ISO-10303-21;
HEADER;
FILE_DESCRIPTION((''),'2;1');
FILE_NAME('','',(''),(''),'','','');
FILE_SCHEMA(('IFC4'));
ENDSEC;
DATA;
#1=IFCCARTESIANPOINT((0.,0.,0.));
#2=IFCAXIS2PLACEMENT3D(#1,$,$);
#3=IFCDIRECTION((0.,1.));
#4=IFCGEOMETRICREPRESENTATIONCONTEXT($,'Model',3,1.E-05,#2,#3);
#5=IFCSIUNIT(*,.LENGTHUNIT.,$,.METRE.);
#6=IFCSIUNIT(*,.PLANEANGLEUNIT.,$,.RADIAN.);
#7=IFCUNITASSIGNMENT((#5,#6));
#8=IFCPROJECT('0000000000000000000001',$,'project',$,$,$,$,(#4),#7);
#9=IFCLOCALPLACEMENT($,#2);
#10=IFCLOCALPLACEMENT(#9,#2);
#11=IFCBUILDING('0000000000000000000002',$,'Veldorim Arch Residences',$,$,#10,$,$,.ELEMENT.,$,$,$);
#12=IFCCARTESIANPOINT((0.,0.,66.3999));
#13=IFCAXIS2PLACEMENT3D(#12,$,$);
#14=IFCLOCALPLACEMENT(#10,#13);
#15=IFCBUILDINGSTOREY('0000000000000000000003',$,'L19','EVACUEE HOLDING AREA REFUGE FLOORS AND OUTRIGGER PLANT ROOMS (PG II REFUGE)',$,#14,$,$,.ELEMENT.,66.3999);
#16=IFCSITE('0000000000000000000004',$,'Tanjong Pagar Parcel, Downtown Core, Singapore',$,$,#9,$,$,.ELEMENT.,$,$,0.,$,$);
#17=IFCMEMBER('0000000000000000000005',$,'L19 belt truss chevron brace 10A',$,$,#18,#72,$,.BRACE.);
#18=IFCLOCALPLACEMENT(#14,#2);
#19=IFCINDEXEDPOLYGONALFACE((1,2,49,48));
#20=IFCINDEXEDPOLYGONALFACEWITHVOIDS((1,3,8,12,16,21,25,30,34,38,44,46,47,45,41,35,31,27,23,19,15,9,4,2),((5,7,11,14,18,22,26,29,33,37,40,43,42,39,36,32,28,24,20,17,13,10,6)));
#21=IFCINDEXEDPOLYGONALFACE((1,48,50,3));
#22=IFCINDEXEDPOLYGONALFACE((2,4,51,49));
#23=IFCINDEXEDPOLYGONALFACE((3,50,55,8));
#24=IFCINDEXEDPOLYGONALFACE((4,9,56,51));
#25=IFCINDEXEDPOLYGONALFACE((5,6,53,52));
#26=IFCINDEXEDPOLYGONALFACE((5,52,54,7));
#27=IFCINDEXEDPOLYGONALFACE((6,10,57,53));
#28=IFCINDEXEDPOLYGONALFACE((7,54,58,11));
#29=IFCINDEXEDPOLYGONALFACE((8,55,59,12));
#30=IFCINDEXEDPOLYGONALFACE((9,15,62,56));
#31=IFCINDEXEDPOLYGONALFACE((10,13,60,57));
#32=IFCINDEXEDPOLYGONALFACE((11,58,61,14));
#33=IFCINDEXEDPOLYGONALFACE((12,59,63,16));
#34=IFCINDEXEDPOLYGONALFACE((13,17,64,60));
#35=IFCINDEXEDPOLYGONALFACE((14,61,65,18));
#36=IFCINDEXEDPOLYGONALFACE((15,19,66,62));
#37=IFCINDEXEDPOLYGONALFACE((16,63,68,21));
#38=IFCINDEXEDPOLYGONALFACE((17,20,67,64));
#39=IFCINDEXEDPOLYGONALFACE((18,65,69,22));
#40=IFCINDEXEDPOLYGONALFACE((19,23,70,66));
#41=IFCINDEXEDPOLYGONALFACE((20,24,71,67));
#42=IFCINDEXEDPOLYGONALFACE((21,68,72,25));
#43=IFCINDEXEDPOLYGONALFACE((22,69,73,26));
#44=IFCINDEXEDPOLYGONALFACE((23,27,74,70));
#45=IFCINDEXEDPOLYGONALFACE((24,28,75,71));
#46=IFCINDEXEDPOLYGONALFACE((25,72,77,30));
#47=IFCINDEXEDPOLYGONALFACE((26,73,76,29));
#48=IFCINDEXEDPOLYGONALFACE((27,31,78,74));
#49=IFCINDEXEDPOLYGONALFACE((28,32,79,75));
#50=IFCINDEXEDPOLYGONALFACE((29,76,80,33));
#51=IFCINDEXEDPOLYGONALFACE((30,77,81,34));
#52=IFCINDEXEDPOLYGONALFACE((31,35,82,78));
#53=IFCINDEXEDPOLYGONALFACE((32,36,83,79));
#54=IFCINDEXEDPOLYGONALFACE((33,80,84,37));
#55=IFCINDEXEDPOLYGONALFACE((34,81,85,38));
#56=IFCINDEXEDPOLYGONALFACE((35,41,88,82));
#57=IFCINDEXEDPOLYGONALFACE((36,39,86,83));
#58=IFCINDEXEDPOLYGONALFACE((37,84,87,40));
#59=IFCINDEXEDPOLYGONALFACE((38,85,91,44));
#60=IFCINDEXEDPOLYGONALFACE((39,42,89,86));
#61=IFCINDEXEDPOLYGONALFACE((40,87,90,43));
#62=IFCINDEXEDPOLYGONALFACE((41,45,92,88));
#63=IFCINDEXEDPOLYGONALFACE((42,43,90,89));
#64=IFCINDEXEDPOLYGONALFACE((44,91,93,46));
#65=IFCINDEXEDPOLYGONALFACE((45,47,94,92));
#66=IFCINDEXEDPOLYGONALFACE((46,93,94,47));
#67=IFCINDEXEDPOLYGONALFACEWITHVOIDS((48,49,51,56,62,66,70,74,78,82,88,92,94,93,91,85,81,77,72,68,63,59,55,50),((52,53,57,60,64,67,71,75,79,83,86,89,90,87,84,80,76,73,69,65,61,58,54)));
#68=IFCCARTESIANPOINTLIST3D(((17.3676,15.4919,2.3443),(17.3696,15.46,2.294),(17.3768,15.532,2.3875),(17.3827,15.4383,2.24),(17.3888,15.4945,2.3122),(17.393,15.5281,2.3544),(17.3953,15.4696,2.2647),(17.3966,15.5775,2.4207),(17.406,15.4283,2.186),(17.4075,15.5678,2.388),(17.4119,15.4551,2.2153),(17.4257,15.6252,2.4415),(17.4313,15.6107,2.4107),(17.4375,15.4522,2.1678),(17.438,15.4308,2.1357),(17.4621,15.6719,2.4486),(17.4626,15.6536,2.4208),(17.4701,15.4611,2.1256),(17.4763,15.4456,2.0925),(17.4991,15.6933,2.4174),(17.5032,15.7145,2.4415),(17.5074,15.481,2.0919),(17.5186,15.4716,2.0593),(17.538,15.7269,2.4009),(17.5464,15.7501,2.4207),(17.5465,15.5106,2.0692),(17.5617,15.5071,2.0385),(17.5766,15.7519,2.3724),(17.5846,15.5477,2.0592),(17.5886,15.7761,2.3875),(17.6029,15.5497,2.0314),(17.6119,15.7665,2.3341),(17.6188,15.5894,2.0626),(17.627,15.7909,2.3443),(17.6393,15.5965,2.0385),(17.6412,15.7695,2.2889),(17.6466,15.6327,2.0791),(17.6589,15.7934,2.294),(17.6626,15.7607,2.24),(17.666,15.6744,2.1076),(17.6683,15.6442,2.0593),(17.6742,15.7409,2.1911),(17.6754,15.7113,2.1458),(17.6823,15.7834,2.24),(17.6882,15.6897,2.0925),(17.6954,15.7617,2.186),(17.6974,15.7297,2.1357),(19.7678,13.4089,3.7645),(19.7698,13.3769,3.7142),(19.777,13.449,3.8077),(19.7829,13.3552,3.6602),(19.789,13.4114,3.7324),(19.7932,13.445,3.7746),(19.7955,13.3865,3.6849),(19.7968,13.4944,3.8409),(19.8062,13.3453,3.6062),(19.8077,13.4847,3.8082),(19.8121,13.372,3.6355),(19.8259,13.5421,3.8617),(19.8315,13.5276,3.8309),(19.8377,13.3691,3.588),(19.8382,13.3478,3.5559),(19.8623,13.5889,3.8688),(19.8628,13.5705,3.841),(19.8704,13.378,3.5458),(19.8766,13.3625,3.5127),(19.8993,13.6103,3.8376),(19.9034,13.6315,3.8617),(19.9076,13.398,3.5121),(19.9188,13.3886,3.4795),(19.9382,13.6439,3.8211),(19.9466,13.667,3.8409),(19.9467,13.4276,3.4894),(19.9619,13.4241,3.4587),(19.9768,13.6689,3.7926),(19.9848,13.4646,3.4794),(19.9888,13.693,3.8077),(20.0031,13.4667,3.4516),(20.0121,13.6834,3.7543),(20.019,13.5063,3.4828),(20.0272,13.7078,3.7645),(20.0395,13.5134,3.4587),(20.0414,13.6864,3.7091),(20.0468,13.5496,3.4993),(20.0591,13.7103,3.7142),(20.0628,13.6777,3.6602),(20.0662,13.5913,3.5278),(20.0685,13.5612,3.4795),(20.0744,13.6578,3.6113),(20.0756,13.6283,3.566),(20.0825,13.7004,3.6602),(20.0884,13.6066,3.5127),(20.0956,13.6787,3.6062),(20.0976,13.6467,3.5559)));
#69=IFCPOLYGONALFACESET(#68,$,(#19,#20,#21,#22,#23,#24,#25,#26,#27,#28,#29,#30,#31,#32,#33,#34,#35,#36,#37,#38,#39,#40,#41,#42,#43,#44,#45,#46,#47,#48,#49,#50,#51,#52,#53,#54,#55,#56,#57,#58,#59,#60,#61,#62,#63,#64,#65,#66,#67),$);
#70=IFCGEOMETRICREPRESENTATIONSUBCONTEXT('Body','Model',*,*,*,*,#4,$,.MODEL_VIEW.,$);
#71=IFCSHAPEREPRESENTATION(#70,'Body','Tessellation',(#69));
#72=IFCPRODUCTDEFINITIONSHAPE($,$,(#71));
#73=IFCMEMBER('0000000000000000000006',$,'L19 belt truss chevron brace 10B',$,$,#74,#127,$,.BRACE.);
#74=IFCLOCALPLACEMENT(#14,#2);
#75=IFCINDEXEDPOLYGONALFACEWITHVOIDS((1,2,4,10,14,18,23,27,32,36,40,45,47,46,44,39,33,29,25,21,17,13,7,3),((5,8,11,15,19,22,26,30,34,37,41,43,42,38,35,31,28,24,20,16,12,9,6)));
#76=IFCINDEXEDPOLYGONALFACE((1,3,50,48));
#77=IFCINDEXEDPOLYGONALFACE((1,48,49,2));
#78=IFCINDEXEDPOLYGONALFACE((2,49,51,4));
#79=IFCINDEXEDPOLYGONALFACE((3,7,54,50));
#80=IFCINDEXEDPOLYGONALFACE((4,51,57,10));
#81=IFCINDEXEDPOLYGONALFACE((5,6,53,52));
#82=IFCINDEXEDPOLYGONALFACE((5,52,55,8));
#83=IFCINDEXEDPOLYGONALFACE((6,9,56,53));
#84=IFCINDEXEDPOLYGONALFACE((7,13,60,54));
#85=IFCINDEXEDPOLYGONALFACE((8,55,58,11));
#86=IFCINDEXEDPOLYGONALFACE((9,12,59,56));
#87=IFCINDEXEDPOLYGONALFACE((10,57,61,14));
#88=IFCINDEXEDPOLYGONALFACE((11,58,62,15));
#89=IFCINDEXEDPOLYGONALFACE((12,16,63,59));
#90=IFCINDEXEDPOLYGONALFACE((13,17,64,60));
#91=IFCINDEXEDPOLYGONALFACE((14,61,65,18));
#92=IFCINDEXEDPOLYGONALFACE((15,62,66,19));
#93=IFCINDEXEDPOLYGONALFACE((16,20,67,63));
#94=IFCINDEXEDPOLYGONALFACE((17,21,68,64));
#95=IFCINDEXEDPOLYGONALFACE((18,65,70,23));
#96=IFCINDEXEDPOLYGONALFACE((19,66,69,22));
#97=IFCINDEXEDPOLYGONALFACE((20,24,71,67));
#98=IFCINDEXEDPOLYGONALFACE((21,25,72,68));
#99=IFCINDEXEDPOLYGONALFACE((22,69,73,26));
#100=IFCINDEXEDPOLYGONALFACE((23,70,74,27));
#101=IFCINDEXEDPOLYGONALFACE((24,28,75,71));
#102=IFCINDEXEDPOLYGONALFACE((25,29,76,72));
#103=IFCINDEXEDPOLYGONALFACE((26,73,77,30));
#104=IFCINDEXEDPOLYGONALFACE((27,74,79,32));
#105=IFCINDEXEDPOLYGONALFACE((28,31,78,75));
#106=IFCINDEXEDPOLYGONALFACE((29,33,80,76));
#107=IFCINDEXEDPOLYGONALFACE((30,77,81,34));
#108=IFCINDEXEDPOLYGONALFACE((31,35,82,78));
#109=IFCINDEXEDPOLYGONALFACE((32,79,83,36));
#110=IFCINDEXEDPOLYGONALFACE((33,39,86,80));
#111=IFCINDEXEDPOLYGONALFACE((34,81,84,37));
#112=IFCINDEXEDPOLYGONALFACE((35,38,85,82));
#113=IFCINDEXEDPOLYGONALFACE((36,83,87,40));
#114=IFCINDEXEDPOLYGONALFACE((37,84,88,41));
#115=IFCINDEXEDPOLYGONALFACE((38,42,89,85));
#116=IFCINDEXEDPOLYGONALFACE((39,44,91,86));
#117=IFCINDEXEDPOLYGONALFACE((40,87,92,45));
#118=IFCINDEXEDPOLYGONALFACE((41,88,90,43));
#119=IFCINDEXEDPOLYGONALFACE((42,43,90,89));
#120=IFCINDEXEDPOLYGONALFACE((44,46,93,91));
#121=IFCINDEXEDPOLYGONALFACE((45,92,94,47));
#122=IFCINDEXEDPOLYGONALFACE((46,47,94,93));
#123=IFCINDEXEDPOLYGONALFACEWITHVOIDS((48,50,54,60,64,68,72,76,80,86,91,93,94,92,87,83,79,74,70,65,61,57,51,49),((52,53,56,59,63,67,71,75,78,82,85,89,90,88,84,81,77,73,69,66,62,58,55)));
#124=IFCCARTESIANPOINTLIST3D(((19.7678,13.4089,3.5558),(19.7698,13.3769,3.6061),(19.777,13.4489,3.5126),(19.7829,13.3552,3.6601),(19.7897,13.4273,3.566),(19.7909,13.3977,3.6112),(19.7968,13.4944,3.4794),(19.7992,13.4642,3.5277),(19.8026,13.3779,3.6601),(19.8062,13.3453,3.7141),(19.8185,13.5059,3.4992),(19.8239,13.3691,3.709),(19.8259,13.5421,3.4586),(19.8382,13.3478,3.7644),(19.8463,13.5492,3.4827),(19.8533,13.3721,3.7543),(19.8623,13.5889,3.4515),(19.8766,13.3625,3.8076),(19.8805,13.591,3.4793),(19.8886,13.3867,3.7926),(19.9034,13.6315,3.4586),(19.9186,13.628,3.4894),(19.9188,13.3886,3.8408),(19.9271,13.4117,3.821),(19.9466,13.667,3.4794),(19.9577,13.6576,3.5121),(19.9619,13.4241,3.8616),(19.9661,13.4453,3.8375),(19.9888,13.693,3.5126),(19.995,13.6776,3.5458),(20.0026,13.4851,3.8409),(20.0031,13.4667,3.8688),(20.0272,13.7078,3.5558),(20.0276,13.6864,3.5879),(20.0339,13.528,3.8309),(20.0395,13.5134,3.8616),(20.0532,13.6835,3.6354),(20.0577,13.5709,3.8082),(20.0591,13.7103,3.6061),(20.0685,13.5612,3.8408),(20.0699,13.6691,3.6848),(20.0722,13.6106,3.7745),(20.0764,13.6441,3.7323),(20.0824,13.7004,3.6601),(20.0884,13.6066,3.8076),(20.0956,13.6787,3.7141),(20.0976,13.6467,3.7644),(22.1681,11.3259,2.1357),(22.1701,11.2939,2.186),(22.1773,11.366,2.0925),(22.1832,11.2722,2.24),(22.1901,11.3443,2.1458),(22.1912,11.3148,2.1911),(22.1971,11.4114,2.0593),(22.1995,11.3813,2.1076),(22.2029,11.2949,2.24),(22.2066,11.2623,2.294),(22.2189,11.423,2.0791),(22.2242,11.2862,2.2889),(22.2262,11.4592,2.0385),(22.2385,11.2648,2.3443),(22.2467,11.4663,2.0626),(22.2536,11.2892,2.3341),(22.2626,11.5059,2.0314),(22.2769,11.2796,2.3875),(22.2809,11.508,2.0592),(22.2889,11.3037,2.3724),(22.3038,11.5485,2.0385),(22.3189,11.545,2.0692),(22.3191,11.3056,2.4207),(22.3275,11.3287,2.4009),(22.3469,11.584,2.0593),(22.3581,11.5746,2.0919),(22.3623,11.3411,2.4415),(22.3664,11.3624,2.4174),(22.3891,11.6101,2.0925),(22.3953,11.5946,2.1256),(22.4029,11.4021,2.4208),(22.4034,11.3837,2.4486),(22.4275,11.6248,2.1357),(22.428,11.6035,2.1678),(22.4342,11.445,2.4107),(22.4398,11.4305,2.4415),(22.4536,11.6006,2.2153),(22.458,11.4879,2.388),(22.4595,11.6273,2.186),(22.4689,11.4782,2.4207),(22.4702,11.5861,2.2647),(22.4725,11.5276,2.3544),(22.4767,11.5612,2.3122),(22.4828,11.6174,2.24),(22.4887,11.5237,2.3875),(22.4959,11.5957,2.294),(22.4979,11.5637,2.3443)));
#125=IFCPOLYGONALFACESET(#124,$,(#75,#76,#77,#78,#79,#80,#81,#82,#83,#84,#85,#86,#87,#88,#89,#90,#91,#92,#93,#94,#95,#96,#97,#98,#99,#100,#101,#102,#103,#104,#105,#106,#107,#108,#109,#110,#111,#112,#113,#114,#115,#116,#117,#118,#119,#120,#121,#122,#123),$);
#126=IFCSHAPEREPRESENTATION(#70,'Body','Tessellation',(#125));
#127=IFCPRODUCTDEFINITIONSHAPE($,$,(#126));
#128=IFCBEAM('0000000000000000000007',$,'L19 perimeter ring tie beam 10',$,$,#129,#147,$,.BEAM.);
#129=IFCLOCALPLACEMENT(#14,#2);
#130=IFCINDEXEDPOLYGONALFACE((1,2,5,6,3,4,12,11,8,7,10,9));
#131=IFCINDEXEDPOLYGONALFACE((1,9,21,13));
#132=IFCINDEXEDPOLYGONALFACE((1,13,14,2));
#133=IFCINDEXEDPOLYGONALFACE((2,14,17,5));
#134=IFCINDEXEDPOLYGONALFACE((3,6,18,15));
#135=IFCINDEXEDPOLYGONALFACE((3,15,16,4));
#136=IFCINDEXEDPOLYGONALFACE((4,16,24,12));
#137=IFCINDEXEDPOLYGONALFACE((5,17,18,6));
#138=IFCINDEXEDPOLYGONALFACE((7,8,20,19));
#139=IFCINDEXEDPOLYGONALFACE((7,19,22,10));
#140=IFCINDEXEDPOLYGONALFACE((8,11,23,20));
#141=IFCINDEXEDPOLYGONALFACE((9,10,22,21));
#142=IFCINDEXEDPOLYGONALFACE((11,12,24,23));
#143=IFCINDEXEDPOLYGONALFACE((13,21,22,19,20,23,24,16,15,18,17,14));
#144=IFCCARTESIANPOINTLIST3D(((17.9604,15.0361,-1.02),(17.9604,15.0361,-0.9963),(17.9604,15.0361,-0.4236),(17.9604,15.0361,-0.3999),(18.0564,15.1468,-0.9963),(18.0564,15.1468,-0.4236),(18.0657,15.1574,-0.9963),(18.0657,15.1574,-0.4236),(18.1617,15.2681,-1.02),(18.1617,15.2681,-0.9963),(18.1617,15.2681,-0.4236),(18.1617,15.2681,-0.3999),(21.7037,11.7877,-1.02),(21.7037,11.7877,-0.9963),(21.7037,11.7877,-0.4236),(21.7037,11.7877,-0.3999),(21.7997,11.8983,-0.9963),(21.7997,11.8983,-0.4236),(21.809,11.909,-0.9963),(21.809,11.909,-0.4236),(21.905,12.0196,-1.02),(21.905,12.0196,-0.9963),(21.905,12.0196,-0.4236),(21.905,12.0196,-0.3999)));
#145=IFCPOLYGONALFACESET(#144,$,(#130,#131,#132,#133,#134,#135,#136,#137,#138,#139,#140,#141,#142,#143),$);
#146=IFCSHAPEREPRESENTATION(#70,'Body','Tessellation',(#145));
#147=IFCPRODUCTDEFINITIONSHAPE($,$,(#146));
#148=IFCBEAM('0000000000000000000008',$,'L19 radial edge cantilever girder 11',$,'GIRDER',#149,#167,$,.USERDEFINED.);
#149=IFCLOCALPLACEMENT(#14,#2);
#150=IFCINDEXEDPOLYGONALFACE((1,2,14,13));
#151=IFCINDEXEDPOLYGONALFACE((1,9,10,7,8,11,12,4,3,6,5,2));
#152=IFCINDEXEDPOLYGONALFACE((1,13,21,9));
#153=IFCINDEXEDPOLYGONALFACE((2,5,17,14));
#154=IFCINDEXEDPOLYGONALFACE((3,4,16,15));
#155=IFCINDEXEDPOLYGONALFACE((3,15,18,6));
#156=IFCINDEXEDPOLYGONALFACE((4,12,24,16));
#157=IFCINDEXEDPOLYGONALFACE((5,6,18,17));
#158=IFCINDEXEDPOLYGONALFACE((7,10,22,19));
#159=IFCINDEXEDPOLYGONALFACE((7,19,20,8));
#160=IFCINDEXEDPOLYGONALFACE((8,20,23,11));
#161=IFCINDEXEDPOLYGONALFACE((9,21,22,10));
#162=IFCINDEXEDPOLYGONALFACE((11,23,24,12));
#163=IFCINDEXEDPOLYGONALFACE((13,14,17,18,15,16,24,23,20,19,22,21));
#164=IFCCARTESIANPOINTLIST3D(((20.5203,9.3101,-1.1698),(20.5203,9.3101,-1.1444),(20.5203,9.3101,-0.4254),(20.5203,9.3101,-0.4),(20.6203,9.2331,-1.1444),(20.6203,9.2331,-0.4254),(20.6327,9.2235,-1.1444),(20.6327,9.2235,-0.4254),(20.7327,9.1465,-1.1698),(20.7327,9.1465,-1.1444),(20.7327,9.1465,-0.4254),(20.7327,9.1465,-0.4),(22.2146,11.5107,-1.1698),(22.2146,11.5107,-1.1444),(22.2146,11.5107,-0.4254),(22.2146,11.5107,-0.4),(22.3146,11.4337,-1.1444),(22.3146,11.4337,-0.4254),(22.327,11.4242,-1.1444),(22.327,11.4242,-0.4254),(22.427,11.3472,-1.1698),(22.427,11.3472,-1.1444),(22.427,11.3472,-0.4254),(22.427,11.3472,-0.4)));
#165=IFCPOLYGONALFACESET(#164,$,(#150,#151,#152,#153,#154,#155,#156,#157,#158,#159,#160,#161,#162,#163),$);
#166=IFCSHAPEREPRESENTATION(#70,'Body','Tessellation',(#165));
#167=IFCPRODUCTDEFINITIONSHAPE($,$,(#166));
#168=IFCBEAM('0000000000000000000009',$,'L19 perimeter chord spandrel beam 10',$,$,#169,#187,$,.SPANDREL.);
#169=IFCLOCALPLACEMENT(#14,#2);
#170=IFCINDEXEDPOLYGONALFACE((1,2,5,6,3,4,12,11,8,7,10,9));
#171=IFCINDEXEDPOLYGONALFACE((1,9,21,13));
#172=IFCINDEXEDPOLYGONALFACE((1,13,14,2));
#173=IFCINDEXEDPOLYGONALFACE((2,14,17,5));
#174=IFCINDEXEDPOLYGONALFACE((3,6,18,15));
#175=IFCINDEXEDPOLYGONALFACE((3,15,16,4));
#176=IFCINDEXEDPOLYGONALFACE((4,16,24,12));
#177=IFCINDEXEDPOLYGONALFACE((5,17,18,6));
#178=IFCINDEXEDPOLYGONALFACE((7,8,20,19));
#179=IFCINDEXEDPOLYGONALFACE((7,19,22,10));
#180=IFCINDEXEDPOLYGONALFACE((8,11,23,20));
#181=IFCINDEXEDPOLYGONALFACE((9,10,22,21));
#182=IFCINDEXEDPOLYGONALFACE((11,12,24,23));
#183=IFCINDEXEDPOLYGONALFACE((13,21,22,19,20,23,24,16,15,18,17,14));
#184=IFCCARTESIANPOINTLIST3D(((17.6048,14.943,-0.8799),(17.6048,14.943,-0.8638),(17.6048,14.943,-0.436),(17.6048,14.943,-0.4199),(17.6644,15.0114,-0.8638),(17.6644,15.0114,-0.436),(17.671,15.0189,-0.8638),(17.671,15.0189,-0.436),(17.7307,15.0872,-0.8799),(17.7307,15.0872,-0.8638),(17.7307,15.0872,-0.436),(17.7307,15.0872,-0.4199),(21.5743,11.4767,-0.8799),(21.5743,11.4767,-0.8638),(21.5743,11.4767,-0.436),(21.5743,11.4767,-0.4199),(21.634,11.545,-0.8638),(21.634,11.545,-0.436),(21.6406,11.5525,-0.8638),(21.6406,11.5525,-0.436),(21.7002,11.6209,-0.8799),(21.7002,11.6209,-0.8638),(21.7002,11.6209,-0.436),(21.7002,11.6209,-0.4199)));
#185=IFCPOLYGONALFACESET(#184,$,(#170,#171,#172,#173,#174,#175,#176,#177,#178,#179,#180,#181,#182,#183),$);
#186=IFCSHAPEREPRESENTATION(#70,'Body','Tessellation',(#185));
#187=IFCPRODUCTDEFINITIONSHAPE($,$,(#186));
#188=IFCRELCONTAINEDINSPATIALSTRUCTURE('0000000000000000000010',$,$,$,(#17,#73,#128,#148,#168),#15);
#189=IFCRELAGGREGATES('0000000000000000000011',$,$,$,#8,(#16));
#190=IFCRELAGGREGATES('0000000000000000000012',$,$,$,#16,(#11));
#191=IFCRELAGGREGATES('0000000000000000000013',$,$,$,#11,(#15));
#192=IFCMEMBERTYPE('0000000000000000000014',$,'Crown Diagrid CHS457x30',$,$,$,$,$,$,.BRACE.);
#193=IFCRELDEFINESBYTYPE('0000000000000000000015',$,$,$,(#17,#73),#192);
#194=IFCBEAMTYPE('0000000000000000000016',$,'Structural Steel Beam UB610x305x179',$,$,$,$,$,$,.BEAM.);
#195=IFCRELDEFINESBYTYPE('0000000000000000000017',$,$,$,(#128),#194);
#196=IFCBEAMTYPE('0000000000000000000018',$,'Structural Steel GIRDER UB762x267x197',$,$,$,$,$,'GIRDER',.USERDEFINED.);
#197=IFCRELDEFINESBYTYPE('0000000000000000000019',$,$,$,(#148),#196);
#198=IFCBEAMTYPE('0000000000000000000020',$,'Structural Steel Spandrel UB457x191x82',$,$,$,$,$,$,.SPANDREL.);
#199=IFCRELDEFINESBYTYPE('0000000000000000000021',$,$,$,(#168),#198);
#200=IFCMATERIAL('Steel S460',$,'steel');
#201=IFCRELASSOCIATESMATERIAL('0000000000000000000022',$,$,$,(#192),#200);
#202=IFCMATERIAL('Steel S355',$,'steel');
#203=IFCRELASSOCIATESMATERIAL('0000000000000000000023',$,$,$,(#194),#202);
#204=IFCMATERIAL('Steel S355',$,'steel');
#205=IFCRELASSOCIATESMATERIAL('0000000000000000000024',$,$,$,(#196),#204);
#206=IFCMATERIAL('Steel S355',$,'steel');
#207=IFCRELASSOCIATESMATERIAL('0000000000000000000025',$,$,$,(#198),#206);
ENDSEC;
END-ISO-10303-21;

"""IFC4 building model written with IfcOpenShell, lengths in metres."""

from ifc_helpers import new_model, si_unit, direction, frame, origin, origin_2d, place, context, subcontext, project, spatial, hollow_circle, i_section, extrude, material, material_profile, profile_set, type_object, element, save


model = new_model("IFC4")

# Units and contexts
model_context = context("Model", 3, precision=1e-05, world=origin(), true_north=direction((0.0, 1.0)))
body_context = subcontext(model_context, "Body", "Model", "MODEL_VIEW")
ifc_project = project(units=[si_unit("LENGTHUNIT", "METRE"), si_unit("PLANEANGLEUNIT", "RADIAN")], contexts=[model_context])

# Site, building, storey
site_placement = place(None, origin())
site = spatial("IfcSite", under=ifc_project, at=site_placement, Name="Tanjong Pagar Parcel, Downtown Core, Singapore", CompositionType="ELEMENT", RefElevation=0.0)
building_placement = place(site_placement, origin())
building = spatial("IfcBuilding", under=site, at=building_placement, Name="Veldorim Arch Residences", CompositionType="ELEMENT")
storey_placement = place(building_placement, frame((0.0, 0.0, 66.3999)))
storey = spatial("IfcBuildingStorey", under=building, at=storey_placement, Name="L19", Description="EVACUEE HOLDING AREA REFUGE FLOORS AND OUTRIGGER PLANT ROOMS (PG II REFUGE)", CompositionType="ELEMENT", Elevation=66.3999)

# Members
ifc_material_1 = material(Name="Steel S460", Category="steel")
ifc_material_profile_1 = material_profile(ifc_material_1, hollow_circle(Radius=0.2285, WallThickness=0.03, at=origin_2d()), Name="CHS457x30")
ifc_profile_set_1 = profile_set([ifc_material_profile_1], Name="Steel S460")
member_type_1 = type_object("IfcMemberType", Name="Crown Diagrid CHS457x30", PredefinedType="BRACE", material=ifc_profile_set_1)
for number, where, z_axis, x_axis, name in (
    (1, (17.5325, 15.6108, 2.24), (0.689524, -0.598415, 0.407991), (0.655448, 0.75524, 0.0), "L19 belt truss chevron brace 10A"),
    (2, (22.333, 11.4448, 2.24), (-0.689561, 0.598386, 0.407971), (-0.65541, -0.755273, 0.0), "L19 belt truss chevron brace 10B"),
):
    element("IfcMember", number, at=place(storey_placement, frame(where, z_axis=z_axis, x_axis=x_axis)), inside=storey, type_object=member_type_1, Name=name, PredefinedType="BRACE", context=body_context, shape_type="SweptSolid", body=[
        extrude(hollow_circle(Radius=0.2285, WallThickness=0.03, at=origin_2d()), origin(), (0.0, 0.0, 1.0), 3.481),
    ])

# Beams
ifc_material_2 = material(Name="Steel S355", Category="steel")
ifc_material_profile_2 = material_profile(ifc_material_2, i_section(OverallWidth=0.3071, OverallDepth=0.6201, WebThickness=0.0142, FlangeThickness=0.0237, at=origin_2d()), Name="UB610x305x179")
ifc_profile_set_2 = profile_set([ifc_material_profile_2], Name="Steel S355")
beam_type_1 = type_object("IfcBeamType", Name="Structural Steel Beam UB610x305x179", PredefinedType="BEAM", material=ifc_profile_set_2)
beam_1_placement = place(storey_placement, frame((18.061, 15.1521, -0.71), z_axis=(0.755265, -0.65542, 0.0), x_axis=(0.65542, 0.755265, 0.0)))
element("IfcBeam", 3, at=beam_1_placement, inside=storey, type_object=beam_type_1, Name="L19 perimeter ring tie beam 10", PredefinedType="BEAM", context=body_context, shape_type="SweptSolid", body=[
    extrude(i_section(OverallWidth=0.3071, OverallDepth=0.6201, WebThickness=0.0142, FlangeThickness=0.0237, at=origin_2d()), origin(), (0.0, 0.0, 1.0), 4.9563),
])
ifc_material_3 = material(Name="Steel S355", Category="steel")
ifc_material_profile_3 = material_profile(ifc_material_3, i_section(OverallWidth=0.2681, OverallDepth=0.7698, WebThickness=0.0156, FlangeThickness=0.0254, at=origin_2d()), Name="UB762x267x197")
ifc_profile_set_3 = profile_set([ifc_material_profile_3], Name="Steel S355")
beam_type_2 = type_object("IfcBeamType", Name="Structural Steel GIRDER UB762x267x197", ElementType="GIRDER", PredefinedType="USERDEFINED", material=ifc_profile_set_3)
beam_2_placement = place(storey_placement, frame((22.3208, 11.429, -0.7849), z_axis=(-0.610051, -0.792362, 0.0), x_axis=(0.792362, -0.610051, 0.0)))
element("IfcBeam", 4, at=beam_2_placement, inside=storey, type_object=beam_type_2, Name="L19 radial edge cantilever girder 11", ObjectType="GIRDER", PredefinedType="USERDEFINED", context=body_context, shape_type="SweptSolid", body=[
    extrude(i_section(OverallWidth=0.2681, OverallDepth=0.7698, WebThickness=0.0156, FlangeThickness=0.0254, at=origin_2d()), origin(), (0.0, 0.0, 1.0), 2.7773),
])
ifc_material_4 = material(Name="Steel S355", Category="steel")
ifc_material_profile_4 = material_profile(ifc_material_4, i_section(OverallWidth=0.1914, OverallDepth=0.46, WebThickness=0.01, FlangeThickness=0.0161, at=origin_2d()), Name="UB457x191x82")
ifc_profile_set_4 = profile_set([ifc_material_profile_4], Name="Steel S355")
beam_type_3 = type_object("IfcBeamType", Name="Structural Steel Spandrel UB457x191x82", PredefinedType="SPANDREL", material=ifc_profile_set_4)
beam_3_placement = place(storey_placement, frame((17.6677, 15.0151, -0.6499), z_axis=(0.753234, -0.657753, 0.0), x_axis=(0.657753, 0.753234, 0.0)))
element("IfcBeam", 5, at=beam_3_placement, inside=storey, type_object=beam_type_3, Name="L19 perimeter chord spandrel beam 10", PredefinedType="SPANDREL", context=body_context, shape_type="SweptSolid", body=[
    extrude(i_section(OverallWidth=0.1914, OverallDepth=0.46, WebThickness=0.01, FlangeThickness=0.0161, at=origin_2d()), origin(), (0.0, 0.0, 1.0), 5.27),
])

save(model, "model.ifc")
